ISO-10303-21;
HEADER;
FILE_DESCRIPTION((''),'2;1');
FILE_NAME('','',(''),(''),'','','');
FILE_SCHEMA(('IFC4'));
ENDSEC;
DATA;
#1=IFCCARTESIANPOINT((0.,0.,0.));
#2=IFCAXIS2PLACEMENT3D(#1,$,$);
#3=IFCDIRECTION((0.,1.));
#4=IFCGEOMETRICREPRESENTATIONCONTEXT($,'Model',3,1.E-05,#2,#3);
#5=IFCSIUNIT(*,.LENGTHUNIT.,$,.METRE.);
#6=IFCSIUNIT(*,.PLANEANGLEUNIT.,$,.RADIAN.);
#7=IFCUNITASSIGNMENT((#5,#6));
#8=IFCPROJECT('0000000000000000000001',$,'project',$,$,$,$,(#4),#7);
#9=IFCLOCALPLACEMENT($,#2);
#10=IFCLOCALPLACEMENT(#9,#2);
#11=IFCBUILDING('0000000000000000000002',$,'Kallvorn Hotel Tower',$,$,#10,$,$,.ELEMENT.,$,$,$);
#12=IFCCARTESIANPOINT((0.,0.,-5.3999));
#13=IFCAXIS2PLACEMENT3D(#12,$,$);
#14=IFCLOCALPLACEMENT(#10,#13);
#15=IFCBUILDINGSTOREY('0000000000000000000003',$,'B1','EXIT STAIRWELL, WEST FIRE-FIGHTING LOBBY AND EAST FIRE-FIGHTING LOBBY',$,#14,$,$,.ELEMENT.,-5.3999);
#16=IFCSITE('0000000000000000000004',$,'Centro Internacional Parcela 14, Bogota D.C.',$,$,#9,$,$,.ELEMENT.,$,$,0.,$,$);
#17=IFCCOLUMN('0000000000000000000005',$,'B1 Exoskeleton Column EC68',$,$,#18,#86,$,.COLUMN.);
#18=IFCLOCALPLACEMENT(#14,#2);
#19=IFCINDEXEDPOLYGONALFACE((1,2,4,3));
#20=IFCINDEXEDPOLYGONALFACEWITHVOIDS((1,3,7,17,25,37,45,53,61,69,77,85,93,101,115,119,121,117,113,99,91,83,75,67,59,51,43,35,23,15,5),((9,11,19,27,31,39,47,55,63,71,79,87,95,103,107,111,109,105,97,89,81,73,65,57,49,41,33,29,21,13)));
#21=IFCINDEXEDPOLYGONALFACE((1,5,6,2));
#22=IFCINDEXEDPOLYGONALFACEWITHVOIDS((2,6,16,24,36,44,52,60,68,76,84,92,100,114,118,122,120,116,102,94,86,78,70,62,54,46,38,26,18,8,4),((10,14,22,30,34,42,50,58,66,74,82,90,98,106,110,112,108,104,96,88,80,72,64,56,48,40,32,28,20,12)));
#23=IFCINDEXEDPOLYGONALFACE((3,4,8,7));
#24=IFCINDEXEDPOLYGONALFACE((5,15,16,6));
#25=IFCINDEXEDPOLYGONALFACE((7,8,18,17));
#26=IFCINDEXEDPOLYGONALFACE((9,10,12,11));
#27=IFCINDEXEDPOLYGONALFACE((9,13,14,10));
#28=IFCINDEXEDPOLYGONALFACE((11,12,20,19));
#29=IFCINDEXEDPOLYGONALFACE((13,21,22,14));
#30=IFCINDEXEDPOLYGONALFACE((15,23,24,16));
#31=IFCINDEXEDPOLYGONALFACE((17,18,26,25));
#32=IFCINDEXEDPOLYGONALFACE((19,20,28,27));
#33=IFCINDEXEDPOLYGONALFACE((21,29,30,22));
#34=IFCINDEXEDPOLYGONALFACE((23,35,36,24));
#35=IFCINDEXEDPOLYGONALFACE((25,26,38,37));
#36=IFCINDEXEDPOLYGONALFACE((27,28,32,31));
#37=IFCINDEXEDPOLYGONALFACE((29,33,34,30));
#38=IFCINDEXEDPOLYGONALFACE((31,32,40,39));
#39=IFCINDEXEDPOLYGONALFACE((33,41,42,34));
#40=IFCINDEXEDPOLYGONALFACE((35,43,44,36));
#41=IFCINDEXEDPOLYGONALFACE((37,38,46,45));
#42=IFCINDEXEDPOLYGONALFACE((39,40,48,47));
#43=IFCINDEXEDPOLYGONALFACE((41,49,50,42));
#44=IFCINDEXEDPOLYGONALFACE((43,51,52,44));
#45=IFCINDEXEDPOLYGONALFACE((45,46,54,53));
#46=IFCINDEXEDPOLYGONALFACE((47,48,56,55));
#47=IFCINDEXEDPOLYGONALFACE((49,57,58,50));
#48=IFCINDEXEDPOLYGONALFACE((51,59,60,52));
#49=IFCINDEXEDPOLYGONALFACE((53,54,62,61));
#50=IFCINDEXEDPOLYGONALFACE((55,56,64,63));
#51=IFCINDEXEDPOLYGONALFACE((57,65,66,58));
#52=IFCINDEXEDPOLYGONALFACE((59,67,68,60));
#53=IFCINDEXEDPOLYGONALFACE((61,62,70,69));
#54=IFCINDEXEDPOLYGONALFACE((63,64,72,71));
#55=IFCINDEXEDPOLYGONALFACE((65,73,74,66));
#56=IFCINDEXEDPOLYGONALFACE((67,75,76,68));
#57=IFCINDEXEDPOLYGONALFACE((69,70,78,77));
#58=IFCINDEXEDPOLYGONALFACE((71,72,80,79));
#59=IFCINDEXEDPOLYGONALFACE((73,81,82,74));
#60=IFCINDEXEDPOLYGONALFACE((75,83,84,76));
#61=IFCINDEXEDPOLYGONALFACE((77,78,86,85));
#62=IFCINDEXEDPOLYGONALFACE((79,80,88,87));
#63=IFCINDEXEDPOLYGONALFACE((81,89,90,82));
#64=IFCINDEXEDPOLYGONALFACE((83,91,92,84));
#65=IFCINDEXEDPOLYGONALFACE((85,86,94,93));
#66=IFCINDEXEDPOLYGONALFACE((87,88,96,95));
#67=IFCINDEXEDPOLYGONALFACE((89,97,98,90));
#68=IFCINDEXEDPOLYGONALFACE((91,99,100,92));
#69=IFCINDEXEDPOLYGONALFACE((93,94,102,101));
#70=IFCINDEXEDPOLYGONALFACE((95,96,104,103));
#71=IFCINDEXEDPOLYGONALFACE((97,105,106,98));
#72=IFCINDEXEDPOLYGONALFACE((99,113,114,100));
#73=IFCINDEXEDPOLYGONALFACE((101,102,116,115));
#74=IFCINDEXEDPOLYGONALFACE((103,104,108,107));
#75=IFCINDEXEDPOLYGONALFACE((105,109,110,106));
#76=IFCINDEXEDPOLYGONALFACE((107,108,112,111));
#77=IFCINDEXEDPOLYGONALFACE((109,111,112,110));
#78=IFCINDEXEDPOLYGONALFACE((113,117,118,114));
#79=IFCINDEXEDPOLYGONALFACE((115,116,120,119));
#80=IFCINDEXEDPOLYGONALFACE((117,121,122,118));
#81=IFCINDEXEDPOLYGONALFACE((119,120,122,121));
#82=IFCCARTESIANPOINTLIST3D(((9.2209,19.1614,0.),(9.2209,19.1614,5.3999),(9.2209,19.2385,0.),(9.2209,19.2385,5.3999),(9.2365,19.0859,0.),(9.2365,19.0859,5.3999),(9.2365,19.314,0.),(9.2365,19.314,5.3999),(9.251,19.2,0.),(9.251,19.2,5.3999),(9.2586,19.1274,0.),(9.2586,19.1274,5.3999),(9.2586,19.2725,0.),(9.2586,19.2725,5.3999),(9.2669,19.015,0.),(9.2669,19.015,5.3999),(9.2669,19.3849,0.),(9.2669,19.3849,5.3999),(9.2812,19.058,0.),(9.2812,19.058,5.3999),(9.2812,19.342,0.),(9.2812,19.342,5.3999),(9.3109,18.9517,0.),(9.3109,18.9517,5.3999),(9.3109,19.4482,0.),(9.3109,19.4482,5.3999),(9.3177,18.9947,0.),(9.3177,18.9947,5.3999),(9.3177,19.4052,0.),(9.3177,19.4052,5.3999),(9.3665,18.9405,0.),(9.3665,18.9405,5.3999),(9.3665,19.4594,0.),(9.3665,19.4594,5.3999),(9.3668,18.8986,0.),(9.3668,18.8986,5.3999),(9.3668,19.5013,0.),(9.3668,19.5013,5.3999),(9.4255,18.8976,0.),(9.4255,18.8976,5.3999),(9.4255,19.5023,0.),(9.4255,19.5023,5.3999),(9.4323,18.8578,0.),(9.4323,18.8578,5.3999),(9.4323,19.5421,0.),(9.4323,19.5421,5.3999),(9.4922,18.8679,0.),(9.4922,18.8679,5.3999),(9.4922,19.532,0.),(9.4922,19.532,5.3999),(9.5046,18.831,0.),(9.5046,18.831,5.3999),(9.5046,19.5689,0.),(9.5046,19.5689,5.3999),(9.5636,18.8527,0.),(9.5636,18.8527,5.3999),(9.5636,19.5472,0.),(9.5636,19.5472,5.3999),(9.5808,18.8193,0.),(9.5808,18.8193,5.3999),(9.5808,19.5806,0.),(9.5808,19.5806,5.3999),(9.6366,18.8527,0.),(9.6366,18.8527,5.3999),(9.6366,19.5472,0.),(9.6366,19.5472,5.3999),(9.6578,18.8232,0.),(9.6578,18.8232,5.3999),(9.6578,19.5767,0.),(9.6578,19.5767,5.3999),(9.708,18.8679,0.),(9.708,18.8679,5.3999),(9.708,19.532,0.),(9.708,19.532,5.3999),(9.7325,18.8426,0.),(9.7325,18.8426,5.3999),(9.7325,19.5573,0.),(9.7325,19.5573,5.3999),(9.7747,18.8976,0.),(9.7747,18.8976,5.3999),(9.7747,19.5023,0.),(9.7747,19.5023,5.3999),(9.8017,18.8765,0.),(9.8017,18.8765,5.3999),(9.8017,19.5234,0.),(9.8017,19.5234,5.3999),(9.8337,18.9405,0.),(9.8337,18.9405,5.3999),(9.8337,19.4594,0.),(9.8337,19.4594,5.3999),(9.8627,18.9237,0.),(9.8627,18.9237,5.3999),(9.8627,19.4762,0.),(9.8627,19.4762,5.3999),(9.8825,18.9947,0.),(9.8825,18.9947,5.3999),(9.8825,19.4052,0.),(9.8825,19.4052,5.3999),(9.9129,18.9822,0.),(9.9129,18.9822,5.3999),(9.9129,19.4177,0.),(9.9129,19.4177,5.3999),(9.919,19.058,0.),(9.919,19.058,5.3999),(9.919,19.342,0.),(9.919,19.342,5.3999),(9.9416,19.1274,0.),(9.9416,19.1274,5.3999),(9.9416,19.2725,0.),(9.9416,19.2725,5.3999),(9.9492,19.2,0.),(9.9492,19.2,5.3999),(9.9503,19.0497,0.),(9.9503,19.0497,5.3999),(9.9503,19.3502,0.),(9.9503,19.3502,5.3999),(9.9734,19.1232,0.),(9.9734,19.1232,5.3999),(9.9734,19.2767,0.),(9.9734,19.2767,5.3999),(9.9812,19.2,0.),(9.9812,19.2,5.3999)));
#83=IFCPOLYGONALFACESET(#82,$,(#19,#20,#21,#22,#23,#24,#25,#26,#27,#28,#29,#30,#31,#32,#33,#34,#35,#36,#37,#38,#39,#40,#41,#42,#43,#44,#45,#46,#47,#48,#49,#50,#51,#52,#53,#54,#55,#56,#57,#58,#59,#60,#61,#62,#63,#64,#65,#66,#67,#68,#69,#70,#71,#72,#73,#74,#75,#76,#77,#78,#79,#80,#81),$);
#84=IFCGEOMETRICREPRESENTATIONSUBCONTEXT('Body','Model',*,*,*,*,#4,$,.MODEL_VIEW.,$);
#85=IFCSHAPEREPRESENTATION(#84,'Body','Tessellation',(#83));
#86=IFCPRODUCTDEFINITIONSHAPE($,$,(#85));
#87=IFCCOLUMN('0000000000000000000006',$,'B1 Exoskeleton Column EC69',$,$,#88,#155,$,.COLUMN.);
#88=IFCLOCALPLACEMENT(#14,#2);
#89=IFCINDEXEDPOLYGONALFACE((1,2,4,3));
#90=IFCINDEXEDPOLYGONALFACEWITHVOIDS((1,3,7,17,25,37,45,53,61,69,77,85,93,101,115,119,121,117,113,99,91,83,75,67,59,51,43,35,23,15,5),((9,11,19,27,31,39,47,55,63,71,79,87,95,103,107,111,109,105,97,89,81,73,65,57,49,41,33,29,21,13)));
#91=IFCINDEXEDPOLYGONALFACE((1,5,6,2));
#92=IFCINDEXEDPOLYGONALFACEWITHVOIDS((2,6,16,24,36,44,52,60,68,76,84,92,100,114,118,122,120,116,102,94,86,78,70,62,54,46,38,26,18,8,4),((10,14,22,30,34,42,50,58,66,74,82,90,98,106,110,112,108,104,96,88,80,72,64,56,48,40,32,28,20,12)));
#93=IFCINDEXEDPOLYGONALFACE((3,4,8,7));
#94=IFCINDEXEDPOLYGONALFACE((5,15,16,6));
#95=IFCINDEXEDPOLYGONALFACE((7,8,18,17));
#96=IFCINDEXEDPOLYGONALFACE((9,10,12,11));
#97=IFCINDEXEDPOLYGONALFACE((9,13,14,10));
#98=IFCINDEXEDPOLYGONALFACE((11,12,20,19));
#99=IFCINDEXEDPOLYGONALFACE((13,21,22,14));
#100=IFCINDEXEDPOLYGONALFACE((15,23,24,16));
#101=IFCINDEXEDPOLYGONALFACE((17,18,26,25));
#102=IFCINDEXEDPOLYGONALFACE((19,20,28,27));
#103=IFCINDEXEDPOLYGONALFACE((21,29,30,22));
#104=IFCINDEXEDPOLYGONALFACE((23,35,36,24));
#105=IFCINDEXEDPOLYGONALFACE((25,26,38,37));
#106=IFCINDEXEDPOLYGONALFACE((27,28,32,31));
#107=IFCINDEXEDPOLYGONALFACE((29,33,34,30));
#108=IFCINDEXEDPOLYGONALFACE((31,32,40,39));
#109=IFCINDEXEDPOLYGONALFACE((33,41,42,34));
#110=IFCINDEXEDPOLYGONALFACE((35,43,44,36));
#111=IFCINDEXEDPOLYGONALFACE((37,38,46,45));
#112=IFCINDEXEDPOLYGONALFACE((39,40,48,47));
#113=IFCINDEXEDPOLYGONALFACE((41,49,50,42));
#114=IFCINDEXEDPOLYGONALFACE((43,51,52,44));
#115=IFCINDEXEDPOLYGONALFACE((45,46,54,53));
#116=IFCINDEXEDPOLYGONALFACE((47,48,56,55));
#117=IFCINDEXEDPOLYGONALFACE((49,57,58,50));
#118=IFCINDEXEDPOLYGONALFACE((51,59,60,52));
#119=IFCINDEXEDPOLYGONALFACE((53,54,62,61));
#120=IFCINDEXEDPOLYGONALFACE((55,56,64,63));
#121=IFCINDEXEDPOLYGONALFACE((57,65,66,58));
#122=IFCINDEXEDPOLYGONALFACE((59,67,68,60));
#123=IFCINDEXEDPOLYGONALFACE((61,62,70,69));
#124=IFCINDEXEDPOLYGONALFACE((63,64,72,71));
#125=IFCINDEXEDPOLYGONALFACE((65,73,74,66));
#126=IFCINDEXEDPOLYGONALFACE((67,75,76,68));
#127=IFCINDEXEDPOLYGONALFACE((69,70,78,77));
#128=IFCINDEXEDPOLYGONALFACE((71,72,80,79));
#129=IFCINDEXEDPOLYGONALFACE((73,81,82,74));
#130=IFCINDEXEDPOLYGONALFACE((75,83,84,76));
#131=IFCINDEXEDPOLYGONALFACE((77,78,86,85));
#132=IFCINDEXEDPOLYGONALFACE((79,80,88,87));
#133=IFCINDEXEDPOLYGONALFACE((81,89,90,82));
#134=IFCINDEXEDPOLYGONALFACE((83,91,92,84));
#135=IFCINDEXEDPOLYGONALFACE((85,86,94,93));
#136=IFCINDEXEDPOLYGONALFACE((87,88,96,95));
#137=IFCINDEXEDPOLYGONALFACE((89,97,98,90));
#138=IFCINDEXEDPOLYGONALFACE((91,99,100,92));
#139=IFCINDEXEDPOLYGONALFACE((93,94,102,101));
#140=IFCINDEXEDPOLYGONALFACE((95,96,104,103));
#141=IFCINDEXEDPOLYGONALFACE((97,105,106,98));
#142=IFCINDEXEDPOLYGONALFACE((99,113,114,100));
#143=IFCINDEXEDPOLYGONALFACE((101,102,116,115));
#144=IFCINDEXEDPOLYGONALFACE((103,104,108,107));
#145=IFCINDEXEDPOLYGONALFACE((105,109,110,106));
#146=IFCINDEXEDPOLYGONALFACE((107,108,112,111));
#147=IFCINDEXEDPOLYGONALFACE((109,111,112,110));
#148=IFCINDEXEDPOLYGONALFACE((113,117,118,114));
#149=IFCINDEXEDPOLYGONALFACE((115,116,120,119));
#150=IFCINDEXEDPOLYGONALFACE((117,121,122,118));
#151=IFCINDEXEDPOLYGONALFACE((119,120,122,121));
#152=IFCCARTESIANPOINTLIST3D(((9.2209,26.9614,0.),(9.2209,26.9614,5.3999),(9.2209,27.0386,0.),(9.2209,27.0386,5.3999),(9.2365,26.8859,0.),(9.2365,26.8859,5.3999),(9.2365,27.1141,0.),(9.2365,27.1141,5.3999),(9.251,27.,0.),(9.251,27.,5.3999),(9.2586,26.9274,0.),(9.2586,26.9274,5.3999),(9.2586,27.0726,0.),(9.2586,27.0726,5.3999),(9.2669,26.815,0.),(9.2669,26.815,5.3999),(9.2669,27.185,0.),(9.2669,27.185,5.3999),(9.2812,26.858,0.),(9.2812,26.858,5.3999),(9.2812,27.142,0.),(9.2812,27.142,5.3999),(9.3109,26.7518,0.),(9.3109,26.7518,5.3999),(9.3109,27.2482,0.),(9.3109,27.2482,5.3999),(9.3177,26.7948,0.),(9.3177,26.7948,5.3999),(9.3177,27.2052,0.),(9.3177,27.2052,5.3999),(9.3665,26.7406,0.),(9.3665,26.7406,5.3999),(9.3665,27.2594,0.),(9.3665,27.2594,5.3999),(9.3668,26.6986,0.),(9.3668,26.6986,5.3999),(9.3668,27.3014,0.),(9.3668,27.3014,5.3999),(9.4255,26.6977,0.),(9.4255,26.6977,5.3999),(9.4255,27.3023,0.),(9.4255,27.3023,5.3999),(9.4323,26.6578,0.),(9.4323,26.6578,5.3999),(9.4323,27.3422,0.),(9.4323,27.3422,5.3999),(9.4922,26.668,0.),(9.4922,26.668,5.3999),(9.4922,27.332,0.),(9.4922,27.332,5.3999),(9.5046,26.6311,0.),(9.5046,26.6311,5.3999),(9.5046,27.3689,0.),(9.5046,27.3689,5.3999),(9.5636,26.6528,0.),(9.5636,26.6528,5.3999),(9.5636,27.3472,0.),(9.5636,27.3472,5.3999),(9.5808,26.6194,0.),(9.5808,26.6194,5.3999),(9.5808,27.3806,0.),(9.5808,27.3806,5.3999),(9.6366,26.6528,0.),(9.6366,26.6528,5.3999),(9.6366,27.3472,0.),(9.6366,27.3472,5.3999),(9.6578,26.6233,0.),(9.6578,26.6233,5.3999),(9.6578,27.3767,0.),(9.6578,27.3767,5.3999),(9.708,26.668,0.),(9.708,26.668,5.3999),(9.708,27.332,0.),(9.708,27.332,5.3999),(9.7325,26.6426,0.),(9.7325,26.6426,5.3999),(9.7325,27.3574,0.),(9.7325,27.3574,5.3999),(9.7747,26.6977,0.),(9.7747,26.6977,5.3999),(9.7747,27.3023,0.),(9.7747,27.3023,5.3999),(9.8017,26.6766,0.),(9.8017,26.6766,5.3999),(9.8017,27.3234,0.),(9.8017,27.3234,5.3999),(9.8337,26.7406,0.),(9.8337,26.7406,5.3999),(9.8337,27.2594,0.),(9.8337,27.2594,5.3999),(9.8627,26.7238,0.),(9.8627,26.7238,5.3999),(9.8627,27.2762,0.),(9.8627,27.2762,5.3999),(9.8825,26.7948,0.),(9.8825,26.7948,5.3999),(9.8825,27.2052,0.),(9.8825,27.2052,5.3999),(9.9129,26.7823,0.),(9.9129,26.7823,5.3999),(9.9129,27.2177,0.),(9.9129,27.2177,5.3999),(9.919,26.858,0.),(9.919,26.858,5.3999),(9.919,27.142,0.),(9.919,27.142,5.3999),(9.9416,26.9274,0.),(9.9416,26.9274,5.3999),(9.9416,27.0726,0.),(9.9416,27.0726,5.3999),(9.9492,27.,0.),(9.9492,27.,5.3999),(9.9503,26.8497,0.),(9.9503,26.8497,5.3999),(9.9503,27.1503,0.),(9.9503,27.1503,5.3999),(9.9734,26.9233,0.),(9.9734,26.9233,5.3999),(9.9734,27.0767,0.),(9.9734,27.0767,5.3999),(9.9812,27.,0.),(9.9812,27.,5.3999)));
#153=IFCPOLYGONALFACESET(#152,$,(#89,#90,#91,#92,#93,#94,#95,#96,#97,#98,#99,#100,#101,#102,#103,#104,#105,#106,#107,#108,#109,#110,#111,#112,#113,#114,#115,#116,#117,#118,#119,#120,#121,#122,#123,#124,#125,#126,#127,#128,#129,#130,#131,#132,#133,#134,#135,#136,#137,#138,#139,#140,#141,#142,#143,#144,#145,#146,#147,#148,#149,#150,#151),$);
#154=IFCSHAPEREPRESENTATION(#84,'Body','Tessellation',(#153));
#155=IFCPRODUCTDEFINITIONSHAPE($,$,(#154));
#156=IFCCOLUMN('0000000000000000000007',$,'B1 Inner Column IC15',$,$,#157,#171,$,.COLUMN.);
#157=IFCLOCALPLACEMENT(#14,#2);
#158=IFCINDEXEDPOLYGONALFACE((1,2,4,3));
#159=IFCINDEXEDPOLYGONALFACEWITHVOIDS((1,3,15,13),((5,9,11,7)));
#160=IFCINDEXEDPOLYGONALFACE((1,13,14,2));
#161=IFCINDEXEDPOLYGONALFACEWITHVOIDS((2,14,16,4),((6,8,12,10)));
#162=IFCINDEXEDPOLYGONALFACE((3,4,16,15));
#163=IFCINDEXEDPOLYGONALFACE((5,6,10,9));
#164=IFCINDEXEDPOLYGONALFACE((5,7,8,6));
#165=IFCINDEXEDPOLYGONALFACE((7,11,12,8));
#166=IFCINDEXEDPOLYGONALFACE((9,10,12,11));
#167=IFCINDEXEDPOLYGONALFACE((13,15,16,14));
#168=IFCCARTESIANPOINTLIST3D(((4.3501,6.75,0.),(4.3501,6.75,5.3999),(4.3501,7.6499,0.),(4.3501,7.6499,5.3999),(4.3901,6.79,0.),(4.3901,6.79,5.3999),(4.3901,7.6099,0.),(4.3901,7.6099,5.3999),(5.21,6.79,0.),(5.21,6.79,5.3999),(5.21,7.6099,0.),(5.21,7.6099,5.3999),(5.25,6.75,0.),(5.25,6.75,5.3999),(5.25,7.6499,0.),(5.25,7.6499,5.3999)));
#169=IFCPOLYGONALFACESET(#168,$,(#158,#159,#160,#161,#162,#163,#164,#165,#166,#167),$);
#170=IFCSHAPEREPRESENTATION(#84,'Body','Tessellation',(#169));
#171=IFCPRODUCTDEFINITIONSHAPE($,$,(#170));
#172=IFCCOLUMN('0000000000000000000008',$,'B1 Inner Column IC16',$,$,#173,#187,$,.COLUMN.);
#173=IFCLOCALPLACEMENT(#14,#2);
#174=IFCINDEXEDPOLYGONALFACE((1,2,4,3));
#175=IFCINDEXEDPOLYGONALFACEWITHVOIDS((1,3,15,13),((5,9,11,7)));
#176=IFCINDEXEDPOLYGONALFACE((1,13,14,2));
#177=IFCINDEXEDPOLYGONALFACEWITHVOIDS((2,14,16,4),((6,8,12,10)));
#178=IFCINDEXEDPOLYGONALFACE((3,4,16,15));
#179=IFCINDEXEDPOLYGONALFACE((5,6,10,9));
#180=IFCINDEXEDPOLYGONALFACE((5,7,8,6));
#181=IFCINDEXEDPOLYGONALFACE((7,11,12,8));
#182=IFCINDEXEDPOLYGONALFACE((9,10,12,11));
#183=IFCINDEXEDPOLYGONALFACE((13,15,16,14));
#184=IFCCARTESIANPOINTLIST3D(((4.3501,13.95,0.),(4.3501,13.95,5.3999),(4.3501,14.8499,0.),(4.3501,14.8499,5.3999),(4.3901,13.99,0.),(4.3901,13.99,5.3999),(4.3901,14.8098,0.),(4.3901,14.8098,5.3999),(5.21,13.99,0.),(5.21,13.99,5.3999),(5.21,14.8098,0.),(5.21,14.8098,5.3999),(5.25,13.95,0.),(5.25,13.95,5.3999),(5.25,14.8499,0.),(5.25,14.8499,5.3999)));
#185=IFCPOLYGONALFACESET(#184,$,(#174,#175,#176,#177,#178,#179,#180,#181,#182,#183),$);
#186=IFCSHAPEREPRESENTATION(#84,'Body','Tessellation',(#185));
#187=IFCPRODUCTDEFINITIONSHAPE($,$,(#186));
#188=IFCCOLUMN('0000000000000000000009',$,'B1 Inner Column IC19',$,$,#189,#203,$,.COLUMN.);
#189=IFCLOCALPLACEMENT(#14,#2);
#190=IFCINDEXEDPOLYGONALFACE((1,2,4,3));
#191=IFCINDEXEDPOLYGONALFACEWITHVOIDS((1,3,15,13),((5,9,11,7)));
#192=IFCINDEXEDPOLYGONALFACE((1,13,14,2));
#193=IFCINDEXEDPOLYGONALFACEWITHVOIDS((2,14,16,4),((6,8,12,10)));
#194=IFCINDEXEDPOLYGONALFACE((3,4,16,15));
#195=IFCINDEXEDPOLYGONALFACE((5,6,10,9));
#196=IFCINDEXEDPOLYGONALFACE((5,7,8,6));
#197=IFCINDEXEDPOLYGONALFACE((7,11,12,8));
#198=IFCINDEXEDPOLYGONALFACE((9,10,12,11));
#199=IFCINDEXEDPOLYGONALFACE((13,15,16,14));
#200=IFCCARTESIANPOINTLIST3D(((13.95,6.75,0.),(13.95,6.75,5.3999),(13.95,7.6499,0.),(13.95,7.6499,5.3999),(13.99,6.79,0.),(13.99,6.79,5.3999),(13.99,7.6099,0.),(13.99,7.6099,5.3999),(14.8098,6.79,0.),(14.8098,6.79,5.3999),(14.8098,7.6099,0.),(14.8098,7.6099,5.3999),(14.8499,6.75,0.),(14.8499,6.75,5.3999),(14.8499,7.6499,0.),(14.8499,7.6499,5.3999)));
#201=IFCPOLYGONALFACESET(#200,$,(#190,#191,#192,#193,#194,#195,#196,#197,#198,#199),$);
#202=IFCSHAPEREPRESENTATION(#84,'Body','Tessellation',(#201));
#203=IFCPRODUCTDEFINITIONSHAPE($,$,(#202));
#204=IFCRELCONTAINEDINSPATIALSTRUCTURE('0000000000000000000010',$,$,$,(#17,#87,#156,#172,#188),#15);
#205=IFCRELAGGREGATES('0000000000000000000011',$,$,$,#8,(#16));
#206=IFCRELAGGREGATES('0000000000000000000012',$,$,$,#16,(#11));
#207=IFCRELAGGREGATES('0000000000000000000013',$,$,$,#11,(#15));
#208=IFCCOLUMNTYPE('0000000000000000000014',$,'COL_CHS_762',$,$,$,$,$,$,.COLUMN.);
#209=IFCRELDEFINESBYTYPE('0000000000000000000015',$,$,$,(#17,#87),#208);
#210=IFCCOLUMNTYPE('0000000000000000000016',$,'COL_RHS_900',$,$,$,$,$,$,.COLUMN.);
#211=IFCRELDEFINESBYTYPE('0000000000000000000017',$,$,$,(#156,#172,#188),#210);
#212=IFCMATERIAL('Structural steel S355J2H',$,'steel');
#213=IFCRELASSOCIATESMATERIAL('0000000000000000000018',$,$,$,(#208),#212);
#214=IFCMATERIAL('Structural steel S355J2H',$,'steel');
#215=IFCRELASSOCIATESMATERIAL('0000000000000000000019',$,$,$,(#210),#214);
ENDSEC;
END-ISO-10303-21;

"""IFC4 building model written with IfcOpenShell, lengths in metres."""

from ifc_helpers import new_model, si_unit, direction, frame, origin, origin_2d, place, context, subcontext, project, spatial, hollow_rectangle, hollow_circle, extrude, material, material_profile, profile_set, type_object, element, save


model = new_model("IFC4")

# Units and contexts
model_context = context("Model", 3, precision=1e-05, world=origin(), true_north=direction((0.0, 1.0)))
body_context = subcontext(model_context, "Body", "Model", "MODEL_VIEW")
ifc_project = project(units=[si_unit("LENGTHUNIT", "METRE"), si_unit("PLANEANGLEUNIT", "RADIAN")], contexts=[model_context])

# Site, building, storey
site_placement = place(None, origin())
site = spatial("IfcSite", under=ifc_project, at=site_placement, Name="Centro Internacional Parcela 14, Bogota D.C.", CompositionType="ELEMENT", RefElevation=0.0)
building_placement = place(site_placement, origin())
building = spatial("IfcBuilding", under=site, at=building_placement, Name="Kallvorn Hotel Tower", CompositionType="ELEMENT")
storey_placement = place(building_placement, frame((0.0, 0.0, -5.3999)))
storey = spatial("IfcBuildingStorey", under=building, at=storey_placement, Name="B1", Description="EXIT STAIRWELL, WEST FIRE-FIGHTING LOBBY AND EAST FIRE-FIGHTING LOBBY", CompositionType="ELEMENT", Elevation=-5.3999)

# Columns
ifc_material_1 = material(Name="Structural steel S355J2H", Category="steel")
ifc_material_profile_1 = material_profile(ifc_material_1, hollow_circle(Radius=0.3811, WallThickness=0.032, at=origin_2d()), Name="CHS 762x32")
ifc_profile_set_1 = profile_set([ifc_material_profile_1], Name="Structural steel S355J2H")
column_type_1 = type_object("IfcColumnType", Name="COL_CHS_762", PredefinedType="COLUMN", material=ifc_profile_set_1)
for number, where, z_axis, x_axis, name in (
    (1, (9.6001, 19.2, 0.0), (0.0, 0.0, 1.0), (1.0, 0.0, 0.0), "B1 Exoskeleton Column EC68"),
    (2, (9.6001, 27.0, 0.0), (0.0, 0.0, 1.0), (1.0, 0.0, 0.0), "B1 Exoskeleton Column EC69"),
):
    element("IfcColumn", number, at=place(storey_placement, frame(where, z_axis=z_axis, x_axis=x_axis)), inside=storey, type_object=column_type_1, Name=name, PredefinedType="COLUMN", context=body_context, shape_type="SweptSolid", body=[
        extrude(hollow_circle(Radius=0.3811, WallThickness=0.032, at=origin_2d()), origin(), (0.0, 0.0, 1.0), 5.3999),
    ])
ifc_material_2 = material(Name="Structural steel S355J2H", Category="steel")
ifc_material_profile_2 = material_profile(ifc_material_2, hollow_rectangle(XDim=0.8999, YDim=0.8999, WallThickness=0.04, at=origin_2d()), Name="RHS 900x900x40")
ifc_profile_set_2 = profile_set([ifc_material_profile_2], Name="Structural steel S355J2H")
column_type_2 = type_object("IfcColumnType", Name="COL_RHS_900", PredefinedType="COLUMN", material=ifc_profile_set_2)
for number, where, z_axis, x_axis, name in (
    (3, (4.8, 7.2, 0.0), (0.0, 0.0, 1.0), (1.0, 0.0, 0.0), "B1 Inner Column IC15"),
    (4, (4.8, 14.3999, 0.0), (0.0, 0.0, 1.0), (1.0, 0.0, 0.0), "B1 Inner Column IC16"),
    (5, (14.3999, 7.2, 0.0), (0.0, 0.0, 1.0), (1.0, 0.0, 0.0), "B1 Inner Column IC19"),
):
    element("IfcColumn", number, at=place(storey_placement, frame(where, z_axis=z_axis, x_axis=x_axis)), inside=storey, type_object=column_type_2, Name=name, PredefinedType="COLUMN", context=body_context, shape_type="SweptSolid", body=[
        extrude(hollow_rectangle(XDim=0.8999, YDim=0.8999, WallThickness=0.04, at=origin_2d()), origin(), (0.0, 0.0, 1.0), 5.3999),
    ])

save(model, "model.ifc")
